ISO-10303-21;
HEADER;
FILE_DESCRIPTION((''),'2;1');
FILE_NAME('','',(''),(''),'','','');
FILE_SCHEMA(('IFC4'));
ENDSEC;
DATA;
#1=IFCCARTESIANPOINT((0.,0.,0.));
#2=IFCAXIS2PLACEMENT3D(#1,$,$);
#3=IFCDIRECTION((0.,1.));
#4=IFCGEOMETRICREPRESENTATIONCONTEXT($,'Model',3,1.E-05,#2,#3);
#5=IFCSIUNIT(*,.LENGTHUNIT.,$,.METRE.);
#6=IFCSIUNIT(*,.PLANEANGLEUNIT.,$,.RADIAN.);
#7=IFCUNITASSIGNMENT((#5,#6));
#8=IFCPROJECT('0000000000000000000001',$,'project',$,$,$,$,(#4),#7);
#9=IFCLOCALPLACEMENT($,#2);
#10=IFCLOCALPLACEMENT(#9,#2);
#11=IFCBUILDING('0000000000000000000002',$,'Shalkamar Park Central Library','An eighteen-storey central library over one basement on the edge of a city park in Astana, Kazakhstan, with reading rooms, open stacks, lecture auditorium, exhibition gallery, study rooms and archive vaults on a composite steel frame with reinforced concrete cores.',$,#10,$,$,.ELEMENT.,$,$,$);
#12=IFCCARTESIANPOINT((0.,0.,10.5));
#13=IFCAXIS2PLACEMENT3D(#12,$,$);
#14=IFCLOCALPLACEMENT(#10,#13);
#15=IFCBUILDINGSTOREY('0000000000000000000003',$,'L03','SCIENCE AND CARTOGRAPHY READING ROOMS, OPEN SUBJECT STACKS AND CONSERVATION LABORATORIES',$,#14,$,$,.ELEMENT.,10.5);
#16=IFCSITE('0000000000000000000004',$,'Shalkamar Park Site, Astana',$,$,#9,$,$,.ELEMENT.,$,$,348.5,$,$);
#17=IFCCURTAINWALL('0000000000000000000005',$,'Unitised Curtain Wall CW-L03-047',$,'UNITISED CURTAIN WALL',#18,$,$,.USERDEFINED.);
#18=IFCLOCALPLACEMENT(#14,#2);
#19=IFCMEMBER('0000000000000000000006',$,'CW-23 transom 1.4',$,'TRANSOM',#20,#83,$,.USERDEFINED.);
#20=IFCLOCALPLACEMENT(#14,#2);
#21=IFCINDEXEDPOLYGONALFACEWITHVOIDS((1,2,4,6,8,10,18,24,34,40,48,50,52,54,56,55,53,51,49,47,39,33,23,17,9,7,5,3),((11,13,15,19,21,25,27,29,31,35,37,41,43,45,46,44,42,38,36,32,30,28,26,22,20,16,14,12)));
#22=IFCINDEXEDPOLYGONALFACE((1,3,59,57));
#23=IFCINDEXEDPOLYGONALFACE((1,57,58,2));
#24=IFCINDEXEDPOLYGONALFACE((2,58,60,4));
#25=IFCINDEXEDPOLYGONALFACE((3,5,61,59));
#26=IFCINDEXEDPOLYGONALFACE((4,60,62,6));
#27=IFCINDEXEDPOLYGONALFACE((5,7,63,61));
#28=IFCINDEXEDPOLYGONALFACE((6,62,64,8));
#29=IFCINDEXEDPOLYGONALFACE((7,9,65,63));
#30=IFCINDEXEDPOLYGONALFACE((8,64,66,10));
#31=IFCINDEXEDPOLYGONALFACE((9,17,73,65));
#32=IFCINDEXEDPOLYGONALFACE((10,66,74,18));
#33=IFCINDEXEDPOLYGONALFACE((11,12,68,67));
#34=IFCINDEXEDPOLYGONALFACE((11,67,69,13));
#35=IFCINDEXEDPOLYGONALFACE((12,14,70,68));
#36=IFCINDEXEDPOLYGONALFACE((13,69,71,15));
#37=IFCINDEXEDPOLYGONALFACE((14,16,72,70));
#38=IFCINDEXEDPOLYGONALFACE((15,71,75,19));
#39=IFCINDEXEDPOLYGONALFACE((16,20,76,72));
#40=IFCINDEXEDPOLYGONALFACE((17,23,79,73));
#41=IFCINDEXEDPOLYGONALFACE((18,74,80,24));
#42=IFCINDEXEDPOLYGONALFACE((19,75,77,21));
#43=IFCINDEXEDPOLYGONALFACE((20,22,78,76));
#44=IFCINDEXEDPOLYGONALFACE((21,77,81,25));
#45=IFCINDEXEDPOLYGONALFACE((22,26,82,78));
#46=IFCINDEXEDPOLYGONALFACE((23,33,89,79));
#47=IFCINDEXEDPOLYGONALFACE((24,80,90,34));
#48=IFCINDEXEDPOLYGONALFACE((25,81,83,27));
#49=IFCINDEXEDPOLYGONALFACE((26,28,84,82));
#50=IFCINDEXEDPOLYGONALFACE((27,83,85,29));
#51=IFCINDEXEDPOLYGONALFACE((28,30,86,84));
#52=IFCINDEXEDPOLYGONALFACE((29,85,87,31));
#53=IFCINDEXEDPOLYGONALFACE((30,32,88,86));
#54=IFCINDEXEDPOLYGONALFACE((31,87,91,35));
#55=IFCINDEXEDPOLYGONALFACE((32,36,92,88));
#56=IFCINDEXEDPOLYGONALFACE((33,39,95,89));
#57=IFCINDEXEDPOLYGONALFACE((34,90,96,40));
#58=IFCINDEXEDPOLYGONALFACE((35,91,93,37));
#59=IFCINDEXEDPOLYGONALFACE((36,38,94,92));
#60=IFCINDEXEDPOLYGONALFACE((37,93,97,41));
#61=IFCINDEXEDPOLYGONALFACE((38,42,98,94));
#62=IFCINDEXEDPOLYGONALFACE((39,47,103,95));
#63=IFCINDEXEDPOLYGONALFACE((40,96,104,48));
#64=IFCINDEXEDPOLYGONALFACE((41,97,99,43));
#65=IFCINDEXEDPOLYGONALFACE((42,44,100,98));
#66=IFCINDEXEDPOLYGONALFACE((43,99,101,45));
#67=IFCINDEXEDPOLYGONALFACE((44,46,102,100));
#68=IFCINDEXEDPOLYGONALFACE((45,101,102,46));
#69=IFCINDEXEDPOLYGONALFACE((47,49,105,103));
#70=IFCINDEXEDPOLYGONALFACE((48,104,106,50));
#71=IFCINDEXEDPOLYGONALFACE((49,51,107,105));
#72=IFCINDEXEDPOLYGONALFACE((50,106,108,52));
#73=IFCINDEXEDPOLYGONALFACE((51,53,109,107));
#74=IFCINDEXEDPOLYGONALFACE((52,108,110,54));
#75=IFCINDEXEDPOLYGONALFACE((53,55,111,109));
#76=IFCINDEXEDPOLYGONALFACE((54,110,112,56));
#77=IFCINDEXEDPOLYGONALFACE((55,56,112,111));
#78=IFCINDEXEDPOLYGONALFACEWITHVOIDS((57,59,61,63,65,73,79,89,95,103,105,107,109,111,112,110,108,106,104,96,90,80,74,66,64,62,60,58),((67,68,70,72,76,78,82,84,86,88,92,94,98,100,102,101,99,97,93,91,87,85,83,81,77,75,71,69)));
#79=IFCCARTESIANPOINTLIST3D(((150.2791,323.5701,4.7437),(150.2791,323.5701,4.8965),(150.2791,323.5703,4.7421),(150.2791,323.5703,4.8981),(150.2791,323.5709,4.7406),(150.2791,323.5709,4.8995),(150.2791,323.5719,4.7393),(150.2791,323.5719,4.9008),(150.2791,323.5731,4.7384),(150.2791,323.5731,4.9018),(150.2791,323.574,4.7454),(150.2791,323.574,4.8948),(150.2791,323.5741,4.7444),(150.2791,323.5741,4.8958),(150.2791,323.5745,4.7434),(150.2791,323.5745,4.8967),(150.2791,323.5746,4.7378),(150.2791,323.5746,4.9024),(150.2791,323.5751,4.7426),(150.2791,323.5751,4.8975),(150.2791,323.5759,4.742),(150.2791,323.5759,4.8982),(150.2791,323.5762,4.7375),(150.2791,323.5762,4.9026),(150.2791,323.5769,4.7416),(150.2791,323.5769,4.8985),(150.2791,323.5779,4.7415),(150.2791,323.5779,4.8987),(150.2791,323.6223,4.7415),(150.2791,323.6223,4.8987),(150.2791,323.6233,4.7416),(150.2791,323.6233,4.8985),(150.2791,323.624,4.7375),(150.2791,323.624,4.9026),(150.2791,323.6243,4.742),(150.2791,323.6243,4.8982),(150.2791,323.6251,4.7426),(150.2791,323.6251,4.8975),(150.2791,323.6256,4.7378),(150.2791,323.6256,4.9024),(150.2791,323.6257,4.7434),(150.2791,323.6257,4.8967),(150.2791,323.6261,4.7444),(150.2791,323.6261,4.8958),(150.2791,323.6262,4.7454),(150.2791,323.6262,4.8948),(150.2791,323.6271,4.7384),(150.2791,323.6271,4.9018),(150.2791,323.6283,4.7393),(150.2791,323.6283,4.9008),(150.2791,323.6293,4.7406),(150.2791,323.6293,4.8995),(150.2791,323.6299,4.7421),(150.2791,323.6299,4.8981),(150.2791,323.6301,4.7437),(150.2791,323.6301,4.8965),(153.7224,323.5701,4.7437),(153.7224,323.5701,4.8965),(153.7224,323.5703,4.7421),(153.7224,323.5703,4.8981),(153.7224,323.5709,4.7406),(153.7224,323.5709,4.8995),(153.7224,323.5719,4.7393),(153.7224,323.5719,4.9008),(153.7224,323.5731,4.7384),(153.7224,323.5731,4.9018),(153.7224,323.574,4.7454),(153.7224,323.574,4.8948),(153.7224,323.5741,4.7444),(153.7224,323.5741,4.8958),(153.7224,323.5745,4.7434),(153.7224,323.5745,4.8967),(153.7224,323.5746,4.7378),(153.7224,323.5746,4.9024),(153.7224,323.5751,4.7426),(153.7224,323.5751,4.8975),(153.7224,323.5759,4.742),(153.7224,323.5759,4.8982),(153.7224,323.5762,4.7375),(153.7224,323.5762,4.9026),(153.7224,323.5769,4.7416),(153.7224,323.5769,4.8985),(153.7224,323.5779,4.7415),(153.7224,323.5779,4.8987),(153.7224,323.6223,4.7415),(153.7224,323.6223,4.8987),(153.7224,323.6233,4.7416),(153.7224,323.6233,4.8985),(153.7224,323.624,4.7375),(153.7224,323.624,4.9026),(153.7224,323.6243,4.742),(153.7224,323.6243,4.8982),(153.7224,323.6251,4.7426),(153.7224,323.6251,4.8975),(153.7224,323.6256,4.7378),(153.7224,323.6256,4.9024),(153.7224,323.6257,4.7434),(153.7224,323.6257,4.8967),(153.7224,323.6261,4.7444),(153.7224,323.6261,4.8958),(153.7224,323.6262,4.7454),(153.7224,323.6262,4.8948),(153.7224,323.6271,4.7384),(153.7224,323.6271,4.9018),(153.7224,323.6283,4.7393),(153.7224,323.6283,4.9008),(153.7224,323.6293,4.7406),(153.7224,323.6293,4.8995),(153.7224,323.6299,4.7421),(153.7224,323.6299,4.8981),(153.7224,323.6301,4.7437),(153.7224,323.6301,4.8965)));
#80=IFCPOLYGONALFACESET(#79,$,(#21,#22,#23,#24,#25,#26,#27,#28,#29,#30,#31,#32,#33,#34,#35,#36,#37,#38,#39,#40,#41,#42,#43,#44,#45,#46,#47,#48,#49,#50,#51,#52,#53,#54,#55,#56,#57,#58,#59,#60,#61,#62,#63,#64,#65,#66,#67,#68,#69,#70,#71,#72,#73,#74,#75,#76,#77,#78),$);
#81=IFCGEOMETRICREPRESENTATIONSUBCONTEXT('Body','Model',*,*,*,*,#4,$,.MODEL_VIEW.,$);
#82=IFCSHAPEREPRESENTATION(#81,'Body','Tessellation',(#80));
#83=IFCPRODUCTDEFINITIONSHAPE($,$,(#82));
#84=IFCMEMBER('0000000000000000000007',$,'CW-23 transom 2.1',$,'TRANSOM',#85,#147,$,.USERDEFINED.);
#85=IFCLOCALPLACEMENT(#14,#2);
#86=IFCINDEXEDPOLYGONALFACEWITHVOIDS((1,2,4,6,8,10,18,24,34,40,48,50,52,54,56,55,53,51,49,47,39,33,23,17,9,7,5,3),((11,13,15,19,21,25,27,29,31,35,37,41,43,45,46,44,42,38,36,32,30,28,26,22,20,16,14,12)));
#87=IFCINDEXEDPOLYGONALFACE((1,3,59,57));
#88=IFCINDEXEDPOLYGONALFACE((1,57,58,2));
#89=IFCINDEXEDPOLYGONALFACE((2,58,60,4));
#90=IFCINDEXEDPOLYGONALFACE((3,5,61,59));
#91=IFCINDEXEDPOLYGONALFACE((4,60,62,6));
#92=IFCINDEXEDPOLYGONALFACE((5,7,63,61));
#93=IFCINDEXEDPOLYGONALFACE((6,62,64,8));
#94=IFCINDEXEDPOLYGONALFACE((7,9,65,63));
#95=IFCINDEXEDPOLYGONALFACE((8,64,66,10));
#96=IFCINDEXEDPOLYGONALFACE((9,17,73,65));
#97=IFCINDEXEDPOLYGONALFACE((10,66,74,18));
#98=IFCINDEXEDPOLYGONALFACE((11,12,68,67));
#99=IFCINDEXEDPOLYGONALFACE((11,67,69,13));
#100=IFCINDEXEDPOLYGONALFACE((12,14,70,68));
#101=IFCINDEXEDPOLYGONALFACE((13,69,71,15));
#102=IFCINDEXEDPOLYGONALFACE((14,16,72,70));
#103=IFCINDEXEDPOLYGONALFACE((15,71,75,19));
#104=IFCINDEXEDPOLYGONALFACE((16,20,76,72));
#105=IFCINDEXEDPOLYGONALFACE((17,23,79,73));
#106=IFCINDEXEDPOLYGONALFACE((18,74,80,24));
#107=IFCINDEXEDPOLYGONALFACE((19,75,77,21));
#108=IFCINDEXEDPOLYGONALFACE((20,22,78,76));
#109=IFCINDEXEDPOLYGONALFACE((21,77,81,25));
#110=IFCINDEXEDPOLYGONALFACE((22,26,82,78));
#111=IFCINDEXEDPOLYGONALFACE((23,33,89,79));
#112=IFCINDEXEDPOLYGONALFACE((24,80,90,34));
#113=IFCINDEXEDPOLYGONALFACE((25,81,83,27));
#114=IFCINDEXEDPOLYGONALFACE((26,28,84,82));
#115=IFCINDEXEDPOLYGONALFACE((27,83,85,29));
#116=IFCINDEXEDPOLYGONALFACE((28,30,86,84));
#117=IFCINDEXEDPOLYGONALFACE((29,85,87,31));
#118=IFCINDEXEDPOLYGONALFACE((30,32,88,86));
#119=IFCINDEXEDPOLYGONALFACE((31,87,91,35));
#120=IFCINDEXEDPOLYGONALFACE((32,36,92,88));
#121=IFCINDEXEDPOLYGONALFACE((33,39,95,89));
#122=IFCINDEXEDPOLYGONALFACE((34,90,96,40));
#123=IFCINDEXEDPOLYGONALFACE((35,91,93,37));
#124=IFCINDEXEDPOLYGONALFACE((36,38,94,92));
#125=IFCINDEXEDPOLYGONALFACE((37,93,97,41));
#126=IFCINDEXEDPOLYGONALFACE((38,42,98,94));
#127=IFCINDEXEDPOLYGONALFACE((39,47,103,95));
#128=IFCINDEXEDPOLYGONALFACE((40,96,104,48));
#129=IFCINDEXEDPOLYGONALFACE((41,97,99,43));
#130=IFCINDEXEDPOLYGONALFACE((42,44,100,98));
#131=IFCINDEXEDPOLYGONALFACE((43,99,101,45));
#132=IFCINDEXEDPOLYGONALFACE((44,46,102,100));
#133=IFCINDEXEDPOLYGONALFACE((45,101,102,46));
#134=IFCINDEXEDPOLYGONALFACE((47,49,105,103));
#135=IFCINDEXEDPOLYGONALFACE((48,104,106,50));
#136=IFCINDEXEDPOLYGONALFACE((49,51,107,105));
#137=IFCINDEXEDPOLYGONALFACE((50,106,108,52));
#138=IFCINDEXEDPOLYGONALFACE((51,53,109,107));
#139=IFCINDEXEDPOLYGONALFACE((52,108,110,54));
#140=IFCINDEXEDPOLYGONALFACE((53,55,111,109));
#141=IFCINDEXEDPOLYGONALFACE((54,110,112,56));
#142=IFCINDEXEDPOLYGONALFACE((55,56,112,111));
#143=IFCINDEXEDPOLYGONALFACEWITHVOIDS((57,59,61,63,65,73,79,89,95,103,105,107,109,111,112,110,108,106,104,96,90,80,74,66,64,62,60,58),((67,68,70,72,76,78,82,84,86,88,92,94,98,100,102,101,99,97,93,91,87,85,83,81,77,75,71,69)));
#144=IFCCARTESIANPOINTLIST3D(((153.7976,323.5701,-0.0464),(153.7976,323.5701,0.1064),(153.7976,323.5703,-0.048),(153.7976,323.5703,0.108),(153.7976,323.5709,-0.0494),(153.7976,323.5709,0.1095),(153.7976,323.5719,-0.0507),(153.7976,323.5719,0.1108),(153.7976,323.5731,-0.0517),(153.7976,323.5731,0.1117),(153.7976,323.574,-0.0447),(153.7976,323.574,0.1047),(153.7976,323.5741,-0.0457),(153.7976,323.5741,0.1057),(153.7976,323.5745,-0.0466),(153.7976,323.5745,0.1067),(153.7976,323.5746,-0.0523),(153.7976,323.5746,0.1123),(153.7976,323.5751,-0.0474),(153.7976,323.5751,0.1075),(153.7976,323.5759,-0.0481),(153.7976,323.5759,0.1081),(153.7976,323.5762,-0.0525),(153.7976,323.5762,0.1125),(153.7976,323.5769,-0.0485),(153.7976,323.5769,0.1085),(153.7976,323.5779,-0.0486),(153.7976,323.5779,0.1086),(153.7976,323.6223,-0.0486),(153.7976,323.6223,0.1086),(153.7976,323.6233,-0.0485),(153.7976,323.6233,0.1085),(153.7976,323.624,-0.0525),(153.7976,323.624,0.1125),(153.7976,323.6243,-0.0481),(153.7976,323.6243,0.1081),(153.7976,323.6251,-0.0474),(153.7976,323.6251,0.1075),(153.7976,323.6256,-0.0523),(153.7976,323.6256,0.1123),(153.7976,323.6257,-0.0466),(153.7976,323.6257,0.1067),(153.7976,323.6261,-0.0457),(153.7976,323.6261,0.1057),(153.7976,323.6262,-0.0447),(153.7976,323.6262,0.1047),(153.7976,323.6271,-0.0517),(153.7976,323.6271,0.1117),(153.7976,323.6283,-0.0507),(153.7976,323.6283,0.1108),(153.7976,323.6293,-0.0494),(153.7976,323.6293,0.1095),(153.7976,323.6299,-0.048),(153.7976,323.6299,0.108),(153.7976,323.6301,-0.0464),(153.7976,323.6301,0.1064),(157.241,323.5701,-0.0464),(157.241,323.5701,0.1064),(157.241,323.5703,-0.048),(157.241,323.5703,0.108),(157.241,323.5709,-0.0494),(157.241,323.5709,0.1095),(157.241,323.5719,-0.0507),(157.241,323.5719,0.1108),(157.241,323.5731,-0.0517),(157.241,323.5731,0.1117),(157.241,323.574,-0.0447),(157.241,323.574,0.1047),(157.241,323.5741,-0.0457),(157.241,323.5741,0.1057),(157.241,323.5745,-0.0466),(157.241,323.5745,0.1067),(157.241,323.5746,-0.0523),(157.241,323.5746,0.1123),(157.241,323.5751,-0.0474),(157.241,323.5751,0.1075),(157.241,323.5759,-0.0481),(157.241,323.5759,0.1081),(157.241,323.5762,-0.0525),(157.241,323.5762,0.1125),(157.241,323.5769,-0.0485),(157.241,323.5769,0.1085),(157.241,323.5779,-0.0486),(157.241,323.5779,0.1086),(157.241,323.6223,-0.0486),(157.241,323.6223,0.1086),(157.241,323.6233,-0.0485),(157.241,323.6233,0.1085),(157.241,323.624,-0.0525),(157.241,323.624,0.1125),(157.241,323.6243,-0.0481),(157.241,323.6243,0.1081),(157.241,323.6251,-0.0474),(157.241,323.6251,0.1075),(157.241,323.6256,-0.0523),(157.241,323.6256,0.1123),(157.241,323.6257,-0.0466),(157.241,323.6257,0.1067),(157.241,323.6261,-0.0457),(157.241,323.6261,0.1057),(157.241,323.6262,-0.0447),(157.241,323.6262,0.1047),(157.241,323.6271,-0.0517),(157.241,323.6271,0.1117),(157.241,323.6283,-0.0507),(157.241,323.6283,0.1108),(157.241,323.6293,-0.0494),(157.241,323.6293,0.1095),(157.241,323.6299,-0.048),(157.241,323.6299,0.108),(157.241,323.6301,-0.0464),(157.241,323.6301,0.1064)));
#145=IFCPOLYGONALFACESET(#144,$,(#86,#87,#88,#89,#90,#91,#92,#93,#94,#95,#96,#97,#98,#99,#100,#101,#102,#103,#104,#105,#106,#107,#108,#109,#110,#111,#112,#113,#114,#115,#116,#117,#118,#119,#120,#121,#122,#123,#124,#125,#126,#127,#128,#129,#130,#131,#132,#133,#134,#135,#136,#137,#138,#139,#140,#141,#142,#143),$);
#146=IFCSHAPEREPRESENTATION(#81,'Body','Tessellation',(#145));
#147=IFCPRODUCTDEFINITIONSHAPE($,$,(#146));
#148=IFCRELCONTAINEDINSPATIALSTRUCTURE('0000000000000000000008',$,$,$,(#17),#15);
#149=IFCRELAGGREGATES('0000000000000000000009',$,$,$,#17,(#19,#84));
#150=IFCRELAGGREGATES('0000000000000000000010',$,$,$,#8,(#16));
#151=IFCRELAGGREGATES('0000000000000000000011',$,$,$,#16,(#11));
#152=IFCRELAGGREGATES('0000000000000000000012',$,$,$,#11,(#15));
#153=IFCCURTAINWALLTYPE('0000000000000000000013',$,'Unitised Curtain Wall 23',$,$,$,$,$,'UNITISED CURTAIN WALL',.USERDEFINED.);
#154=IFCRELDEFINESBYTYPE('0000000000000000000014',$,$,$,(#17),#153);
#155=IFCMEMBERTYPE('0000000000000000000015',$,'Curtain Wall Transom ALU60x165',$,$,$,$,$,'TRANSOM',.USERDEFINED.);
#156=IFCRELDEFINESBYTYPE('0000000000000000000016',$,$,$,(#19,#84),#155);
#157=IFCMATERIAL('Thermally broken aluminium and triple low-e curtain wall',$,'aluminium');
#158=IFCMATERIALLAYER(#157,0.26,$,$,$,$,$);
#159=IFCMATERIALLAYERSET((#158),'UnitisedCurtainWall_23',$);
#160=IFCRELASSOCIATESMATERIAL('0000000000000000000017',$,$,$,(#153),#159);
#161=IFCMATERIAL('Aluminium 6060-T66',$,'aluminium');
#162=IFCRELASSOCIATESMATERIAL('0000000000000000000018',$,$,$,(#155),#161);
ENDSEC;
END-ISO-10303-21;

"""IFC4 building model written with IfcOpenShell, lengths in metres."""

from ifc_helpers import new_model, si_unit, direction, frame, origin, origin_2d, place, context, subcontext, project, spatial, hollow_rectangle, extrude, material, layer, layer_set, material_profile, profile_set, type_object, element, aggregate, save


model = new_model("IFC4")

# Units and contexts
model_context = context("Model", 3, precision=1e-05, world=origin(), true_north=direction((0.0, 1.0)))
body_context = subcontext(model_context, "Body", "Model", "MODEL_VIEW")
ifc_project = project(units=[si_unit("LENGTHUNIT", "METRE"), si_unit("PLANEANGLEUNIT", "RADIAN")], contexts=[model_context])

# Site, building, storey
site_placement = place(None, origin())
site = spatial("IfcSite", under=ifc_project, at=site_placement, Name="Shalkamar Park Site, Astana", CompositionType="ELEMENT", RefElevation=348.5)
building_placement = place(site_placement, origin())
building = spatial("IfcBuilding", under=site, at=building_placement, Name="Shalkamar Park Central Library", Description="An eighteen-storey central library over one basement on the edge of a city park in Astana, Kazakhstan, with reading rooms, open stacks, lecture auditorium, exhibition gallery, study rooms and archive vaults on a composite steel frame with reinforced concrete cores.", CompositionType="ELEMENT")
storey_placement = place(building_placement, frame((0.0, 0.0, 10.5)))
storey = spatial("IfcBuildingStorey", under=building, at=storey_placement, Name="L03", Description="SCIENCE AND CARTOGRAPHY READING ROOMS, OPEN SUBJECT STACKS AND CONSERVATION LABORATORIES", CompositionType="ELEMENT", Elevation=10.5)

# Curtain wall
ifc_material_1 = material(Name="Thermally broken aluminium and triple low-e curtain wall", Category="aluminium")
ifc_layer_1 = layer(ifc_material_1, 0.26)
ifc_layer_set_1 = layer_set([ifc_layer_1], Name="UnitisedCurtainWall_23")
curtain_wall_type_1 = type_object("IfcCurtainWallType", Name="Unitised Curtain Wall 23", ElementType="UNITISED CURTAIN WALL", PredefinedType="USERDEFINED", material=ifc_layer_set_1)
curtain_wall_1_placement = place(storey_placement, origin())
curtain_wall_1 = element("IfcCurtainWall", 1, at=curtain_wall_1_placement, inside=storey, type_object=curtain_wall_type_1, Name="Unitised Curtain Wall CW-L03-047", ObjectType="UNITISED CURTAIN WALL", PredefinedType="USERDEFINED")
ifc_material_2 = material(Name="Aluminium 6060-T66", Category="aluminium")

# Members
ifc_material_profile_1 = material_profile(ifc_material_2, hollow_rectangle(XDim=0.0601, YDim=0.165, WallThickness=0.0039, InnerFilletRadius=0.0039, OuterFilletRadius=0.0061, at=origin_2d()), Name="ALU 60x165x4")
ifc_profile_set_1 = profile_set([ifc_material_profile_1], Name="Aluminium 6060-T66")
member_type_1 = type_object("IfcMemberType", Name="Curtain Wall Transom ALU60x165", ElementType="TRANSOM", PredefinedType="USERDEFINED", material=ifc_profile_set_1)
member_1_placement = place(storey_placement, frame((150.2791, 323.6001, 4.8201), z_axis=(1.0, 0.0, 0.0), x_axis=(0.0, 1.0, 0.0)))
member_1 = element("IfcMember", 2, at=member_1_placement, type_object=member_type_1, Name="CW-23 transom 1.4", ObjectType="TRANSOM", PredefinedType="USERDEFINED", context=body_context, shape_type="SweptSolid", body=[
    extrude(hollow_rectangle(XDim=0.0601, YDim=0.165, WallThickness=0.0039, InnerFilletRadius=0.0039, OuterFilletRadius=0.0061, at=origin_2d()), origin(), (0.0, 0.0, 1.0), 3.4434),
])
member_2_placement = place(storey_placement, frame((153.7976, 323.6001, 0.03), z_axis=(1.0, 0.0, 0.0), x_axis=(0.0, 1.0, 0.0)))
member_2 = element("IfcMember", 3, at=member_2_placement, type_object=member_type_1, Name="CW-23 transom 2.1", ObjectType="TRANSOM", PredefinedType="USERDEFINED", context=body_context, shape_type="SweptSolid", body=[
    extrude(hollow_rectangle(XDim=0.0601, YDim=0.165, WallThickness=0.0039, InnerFilletRadius=0.0039, OuterFilletRadius=0.0061, at=origin_2d()), origin(), (0.0, 0.0, 1.0), 3.4434),
])

aggregate(curtain_wall_1, [member_1, member_2])

save(model, "model.ifc")
